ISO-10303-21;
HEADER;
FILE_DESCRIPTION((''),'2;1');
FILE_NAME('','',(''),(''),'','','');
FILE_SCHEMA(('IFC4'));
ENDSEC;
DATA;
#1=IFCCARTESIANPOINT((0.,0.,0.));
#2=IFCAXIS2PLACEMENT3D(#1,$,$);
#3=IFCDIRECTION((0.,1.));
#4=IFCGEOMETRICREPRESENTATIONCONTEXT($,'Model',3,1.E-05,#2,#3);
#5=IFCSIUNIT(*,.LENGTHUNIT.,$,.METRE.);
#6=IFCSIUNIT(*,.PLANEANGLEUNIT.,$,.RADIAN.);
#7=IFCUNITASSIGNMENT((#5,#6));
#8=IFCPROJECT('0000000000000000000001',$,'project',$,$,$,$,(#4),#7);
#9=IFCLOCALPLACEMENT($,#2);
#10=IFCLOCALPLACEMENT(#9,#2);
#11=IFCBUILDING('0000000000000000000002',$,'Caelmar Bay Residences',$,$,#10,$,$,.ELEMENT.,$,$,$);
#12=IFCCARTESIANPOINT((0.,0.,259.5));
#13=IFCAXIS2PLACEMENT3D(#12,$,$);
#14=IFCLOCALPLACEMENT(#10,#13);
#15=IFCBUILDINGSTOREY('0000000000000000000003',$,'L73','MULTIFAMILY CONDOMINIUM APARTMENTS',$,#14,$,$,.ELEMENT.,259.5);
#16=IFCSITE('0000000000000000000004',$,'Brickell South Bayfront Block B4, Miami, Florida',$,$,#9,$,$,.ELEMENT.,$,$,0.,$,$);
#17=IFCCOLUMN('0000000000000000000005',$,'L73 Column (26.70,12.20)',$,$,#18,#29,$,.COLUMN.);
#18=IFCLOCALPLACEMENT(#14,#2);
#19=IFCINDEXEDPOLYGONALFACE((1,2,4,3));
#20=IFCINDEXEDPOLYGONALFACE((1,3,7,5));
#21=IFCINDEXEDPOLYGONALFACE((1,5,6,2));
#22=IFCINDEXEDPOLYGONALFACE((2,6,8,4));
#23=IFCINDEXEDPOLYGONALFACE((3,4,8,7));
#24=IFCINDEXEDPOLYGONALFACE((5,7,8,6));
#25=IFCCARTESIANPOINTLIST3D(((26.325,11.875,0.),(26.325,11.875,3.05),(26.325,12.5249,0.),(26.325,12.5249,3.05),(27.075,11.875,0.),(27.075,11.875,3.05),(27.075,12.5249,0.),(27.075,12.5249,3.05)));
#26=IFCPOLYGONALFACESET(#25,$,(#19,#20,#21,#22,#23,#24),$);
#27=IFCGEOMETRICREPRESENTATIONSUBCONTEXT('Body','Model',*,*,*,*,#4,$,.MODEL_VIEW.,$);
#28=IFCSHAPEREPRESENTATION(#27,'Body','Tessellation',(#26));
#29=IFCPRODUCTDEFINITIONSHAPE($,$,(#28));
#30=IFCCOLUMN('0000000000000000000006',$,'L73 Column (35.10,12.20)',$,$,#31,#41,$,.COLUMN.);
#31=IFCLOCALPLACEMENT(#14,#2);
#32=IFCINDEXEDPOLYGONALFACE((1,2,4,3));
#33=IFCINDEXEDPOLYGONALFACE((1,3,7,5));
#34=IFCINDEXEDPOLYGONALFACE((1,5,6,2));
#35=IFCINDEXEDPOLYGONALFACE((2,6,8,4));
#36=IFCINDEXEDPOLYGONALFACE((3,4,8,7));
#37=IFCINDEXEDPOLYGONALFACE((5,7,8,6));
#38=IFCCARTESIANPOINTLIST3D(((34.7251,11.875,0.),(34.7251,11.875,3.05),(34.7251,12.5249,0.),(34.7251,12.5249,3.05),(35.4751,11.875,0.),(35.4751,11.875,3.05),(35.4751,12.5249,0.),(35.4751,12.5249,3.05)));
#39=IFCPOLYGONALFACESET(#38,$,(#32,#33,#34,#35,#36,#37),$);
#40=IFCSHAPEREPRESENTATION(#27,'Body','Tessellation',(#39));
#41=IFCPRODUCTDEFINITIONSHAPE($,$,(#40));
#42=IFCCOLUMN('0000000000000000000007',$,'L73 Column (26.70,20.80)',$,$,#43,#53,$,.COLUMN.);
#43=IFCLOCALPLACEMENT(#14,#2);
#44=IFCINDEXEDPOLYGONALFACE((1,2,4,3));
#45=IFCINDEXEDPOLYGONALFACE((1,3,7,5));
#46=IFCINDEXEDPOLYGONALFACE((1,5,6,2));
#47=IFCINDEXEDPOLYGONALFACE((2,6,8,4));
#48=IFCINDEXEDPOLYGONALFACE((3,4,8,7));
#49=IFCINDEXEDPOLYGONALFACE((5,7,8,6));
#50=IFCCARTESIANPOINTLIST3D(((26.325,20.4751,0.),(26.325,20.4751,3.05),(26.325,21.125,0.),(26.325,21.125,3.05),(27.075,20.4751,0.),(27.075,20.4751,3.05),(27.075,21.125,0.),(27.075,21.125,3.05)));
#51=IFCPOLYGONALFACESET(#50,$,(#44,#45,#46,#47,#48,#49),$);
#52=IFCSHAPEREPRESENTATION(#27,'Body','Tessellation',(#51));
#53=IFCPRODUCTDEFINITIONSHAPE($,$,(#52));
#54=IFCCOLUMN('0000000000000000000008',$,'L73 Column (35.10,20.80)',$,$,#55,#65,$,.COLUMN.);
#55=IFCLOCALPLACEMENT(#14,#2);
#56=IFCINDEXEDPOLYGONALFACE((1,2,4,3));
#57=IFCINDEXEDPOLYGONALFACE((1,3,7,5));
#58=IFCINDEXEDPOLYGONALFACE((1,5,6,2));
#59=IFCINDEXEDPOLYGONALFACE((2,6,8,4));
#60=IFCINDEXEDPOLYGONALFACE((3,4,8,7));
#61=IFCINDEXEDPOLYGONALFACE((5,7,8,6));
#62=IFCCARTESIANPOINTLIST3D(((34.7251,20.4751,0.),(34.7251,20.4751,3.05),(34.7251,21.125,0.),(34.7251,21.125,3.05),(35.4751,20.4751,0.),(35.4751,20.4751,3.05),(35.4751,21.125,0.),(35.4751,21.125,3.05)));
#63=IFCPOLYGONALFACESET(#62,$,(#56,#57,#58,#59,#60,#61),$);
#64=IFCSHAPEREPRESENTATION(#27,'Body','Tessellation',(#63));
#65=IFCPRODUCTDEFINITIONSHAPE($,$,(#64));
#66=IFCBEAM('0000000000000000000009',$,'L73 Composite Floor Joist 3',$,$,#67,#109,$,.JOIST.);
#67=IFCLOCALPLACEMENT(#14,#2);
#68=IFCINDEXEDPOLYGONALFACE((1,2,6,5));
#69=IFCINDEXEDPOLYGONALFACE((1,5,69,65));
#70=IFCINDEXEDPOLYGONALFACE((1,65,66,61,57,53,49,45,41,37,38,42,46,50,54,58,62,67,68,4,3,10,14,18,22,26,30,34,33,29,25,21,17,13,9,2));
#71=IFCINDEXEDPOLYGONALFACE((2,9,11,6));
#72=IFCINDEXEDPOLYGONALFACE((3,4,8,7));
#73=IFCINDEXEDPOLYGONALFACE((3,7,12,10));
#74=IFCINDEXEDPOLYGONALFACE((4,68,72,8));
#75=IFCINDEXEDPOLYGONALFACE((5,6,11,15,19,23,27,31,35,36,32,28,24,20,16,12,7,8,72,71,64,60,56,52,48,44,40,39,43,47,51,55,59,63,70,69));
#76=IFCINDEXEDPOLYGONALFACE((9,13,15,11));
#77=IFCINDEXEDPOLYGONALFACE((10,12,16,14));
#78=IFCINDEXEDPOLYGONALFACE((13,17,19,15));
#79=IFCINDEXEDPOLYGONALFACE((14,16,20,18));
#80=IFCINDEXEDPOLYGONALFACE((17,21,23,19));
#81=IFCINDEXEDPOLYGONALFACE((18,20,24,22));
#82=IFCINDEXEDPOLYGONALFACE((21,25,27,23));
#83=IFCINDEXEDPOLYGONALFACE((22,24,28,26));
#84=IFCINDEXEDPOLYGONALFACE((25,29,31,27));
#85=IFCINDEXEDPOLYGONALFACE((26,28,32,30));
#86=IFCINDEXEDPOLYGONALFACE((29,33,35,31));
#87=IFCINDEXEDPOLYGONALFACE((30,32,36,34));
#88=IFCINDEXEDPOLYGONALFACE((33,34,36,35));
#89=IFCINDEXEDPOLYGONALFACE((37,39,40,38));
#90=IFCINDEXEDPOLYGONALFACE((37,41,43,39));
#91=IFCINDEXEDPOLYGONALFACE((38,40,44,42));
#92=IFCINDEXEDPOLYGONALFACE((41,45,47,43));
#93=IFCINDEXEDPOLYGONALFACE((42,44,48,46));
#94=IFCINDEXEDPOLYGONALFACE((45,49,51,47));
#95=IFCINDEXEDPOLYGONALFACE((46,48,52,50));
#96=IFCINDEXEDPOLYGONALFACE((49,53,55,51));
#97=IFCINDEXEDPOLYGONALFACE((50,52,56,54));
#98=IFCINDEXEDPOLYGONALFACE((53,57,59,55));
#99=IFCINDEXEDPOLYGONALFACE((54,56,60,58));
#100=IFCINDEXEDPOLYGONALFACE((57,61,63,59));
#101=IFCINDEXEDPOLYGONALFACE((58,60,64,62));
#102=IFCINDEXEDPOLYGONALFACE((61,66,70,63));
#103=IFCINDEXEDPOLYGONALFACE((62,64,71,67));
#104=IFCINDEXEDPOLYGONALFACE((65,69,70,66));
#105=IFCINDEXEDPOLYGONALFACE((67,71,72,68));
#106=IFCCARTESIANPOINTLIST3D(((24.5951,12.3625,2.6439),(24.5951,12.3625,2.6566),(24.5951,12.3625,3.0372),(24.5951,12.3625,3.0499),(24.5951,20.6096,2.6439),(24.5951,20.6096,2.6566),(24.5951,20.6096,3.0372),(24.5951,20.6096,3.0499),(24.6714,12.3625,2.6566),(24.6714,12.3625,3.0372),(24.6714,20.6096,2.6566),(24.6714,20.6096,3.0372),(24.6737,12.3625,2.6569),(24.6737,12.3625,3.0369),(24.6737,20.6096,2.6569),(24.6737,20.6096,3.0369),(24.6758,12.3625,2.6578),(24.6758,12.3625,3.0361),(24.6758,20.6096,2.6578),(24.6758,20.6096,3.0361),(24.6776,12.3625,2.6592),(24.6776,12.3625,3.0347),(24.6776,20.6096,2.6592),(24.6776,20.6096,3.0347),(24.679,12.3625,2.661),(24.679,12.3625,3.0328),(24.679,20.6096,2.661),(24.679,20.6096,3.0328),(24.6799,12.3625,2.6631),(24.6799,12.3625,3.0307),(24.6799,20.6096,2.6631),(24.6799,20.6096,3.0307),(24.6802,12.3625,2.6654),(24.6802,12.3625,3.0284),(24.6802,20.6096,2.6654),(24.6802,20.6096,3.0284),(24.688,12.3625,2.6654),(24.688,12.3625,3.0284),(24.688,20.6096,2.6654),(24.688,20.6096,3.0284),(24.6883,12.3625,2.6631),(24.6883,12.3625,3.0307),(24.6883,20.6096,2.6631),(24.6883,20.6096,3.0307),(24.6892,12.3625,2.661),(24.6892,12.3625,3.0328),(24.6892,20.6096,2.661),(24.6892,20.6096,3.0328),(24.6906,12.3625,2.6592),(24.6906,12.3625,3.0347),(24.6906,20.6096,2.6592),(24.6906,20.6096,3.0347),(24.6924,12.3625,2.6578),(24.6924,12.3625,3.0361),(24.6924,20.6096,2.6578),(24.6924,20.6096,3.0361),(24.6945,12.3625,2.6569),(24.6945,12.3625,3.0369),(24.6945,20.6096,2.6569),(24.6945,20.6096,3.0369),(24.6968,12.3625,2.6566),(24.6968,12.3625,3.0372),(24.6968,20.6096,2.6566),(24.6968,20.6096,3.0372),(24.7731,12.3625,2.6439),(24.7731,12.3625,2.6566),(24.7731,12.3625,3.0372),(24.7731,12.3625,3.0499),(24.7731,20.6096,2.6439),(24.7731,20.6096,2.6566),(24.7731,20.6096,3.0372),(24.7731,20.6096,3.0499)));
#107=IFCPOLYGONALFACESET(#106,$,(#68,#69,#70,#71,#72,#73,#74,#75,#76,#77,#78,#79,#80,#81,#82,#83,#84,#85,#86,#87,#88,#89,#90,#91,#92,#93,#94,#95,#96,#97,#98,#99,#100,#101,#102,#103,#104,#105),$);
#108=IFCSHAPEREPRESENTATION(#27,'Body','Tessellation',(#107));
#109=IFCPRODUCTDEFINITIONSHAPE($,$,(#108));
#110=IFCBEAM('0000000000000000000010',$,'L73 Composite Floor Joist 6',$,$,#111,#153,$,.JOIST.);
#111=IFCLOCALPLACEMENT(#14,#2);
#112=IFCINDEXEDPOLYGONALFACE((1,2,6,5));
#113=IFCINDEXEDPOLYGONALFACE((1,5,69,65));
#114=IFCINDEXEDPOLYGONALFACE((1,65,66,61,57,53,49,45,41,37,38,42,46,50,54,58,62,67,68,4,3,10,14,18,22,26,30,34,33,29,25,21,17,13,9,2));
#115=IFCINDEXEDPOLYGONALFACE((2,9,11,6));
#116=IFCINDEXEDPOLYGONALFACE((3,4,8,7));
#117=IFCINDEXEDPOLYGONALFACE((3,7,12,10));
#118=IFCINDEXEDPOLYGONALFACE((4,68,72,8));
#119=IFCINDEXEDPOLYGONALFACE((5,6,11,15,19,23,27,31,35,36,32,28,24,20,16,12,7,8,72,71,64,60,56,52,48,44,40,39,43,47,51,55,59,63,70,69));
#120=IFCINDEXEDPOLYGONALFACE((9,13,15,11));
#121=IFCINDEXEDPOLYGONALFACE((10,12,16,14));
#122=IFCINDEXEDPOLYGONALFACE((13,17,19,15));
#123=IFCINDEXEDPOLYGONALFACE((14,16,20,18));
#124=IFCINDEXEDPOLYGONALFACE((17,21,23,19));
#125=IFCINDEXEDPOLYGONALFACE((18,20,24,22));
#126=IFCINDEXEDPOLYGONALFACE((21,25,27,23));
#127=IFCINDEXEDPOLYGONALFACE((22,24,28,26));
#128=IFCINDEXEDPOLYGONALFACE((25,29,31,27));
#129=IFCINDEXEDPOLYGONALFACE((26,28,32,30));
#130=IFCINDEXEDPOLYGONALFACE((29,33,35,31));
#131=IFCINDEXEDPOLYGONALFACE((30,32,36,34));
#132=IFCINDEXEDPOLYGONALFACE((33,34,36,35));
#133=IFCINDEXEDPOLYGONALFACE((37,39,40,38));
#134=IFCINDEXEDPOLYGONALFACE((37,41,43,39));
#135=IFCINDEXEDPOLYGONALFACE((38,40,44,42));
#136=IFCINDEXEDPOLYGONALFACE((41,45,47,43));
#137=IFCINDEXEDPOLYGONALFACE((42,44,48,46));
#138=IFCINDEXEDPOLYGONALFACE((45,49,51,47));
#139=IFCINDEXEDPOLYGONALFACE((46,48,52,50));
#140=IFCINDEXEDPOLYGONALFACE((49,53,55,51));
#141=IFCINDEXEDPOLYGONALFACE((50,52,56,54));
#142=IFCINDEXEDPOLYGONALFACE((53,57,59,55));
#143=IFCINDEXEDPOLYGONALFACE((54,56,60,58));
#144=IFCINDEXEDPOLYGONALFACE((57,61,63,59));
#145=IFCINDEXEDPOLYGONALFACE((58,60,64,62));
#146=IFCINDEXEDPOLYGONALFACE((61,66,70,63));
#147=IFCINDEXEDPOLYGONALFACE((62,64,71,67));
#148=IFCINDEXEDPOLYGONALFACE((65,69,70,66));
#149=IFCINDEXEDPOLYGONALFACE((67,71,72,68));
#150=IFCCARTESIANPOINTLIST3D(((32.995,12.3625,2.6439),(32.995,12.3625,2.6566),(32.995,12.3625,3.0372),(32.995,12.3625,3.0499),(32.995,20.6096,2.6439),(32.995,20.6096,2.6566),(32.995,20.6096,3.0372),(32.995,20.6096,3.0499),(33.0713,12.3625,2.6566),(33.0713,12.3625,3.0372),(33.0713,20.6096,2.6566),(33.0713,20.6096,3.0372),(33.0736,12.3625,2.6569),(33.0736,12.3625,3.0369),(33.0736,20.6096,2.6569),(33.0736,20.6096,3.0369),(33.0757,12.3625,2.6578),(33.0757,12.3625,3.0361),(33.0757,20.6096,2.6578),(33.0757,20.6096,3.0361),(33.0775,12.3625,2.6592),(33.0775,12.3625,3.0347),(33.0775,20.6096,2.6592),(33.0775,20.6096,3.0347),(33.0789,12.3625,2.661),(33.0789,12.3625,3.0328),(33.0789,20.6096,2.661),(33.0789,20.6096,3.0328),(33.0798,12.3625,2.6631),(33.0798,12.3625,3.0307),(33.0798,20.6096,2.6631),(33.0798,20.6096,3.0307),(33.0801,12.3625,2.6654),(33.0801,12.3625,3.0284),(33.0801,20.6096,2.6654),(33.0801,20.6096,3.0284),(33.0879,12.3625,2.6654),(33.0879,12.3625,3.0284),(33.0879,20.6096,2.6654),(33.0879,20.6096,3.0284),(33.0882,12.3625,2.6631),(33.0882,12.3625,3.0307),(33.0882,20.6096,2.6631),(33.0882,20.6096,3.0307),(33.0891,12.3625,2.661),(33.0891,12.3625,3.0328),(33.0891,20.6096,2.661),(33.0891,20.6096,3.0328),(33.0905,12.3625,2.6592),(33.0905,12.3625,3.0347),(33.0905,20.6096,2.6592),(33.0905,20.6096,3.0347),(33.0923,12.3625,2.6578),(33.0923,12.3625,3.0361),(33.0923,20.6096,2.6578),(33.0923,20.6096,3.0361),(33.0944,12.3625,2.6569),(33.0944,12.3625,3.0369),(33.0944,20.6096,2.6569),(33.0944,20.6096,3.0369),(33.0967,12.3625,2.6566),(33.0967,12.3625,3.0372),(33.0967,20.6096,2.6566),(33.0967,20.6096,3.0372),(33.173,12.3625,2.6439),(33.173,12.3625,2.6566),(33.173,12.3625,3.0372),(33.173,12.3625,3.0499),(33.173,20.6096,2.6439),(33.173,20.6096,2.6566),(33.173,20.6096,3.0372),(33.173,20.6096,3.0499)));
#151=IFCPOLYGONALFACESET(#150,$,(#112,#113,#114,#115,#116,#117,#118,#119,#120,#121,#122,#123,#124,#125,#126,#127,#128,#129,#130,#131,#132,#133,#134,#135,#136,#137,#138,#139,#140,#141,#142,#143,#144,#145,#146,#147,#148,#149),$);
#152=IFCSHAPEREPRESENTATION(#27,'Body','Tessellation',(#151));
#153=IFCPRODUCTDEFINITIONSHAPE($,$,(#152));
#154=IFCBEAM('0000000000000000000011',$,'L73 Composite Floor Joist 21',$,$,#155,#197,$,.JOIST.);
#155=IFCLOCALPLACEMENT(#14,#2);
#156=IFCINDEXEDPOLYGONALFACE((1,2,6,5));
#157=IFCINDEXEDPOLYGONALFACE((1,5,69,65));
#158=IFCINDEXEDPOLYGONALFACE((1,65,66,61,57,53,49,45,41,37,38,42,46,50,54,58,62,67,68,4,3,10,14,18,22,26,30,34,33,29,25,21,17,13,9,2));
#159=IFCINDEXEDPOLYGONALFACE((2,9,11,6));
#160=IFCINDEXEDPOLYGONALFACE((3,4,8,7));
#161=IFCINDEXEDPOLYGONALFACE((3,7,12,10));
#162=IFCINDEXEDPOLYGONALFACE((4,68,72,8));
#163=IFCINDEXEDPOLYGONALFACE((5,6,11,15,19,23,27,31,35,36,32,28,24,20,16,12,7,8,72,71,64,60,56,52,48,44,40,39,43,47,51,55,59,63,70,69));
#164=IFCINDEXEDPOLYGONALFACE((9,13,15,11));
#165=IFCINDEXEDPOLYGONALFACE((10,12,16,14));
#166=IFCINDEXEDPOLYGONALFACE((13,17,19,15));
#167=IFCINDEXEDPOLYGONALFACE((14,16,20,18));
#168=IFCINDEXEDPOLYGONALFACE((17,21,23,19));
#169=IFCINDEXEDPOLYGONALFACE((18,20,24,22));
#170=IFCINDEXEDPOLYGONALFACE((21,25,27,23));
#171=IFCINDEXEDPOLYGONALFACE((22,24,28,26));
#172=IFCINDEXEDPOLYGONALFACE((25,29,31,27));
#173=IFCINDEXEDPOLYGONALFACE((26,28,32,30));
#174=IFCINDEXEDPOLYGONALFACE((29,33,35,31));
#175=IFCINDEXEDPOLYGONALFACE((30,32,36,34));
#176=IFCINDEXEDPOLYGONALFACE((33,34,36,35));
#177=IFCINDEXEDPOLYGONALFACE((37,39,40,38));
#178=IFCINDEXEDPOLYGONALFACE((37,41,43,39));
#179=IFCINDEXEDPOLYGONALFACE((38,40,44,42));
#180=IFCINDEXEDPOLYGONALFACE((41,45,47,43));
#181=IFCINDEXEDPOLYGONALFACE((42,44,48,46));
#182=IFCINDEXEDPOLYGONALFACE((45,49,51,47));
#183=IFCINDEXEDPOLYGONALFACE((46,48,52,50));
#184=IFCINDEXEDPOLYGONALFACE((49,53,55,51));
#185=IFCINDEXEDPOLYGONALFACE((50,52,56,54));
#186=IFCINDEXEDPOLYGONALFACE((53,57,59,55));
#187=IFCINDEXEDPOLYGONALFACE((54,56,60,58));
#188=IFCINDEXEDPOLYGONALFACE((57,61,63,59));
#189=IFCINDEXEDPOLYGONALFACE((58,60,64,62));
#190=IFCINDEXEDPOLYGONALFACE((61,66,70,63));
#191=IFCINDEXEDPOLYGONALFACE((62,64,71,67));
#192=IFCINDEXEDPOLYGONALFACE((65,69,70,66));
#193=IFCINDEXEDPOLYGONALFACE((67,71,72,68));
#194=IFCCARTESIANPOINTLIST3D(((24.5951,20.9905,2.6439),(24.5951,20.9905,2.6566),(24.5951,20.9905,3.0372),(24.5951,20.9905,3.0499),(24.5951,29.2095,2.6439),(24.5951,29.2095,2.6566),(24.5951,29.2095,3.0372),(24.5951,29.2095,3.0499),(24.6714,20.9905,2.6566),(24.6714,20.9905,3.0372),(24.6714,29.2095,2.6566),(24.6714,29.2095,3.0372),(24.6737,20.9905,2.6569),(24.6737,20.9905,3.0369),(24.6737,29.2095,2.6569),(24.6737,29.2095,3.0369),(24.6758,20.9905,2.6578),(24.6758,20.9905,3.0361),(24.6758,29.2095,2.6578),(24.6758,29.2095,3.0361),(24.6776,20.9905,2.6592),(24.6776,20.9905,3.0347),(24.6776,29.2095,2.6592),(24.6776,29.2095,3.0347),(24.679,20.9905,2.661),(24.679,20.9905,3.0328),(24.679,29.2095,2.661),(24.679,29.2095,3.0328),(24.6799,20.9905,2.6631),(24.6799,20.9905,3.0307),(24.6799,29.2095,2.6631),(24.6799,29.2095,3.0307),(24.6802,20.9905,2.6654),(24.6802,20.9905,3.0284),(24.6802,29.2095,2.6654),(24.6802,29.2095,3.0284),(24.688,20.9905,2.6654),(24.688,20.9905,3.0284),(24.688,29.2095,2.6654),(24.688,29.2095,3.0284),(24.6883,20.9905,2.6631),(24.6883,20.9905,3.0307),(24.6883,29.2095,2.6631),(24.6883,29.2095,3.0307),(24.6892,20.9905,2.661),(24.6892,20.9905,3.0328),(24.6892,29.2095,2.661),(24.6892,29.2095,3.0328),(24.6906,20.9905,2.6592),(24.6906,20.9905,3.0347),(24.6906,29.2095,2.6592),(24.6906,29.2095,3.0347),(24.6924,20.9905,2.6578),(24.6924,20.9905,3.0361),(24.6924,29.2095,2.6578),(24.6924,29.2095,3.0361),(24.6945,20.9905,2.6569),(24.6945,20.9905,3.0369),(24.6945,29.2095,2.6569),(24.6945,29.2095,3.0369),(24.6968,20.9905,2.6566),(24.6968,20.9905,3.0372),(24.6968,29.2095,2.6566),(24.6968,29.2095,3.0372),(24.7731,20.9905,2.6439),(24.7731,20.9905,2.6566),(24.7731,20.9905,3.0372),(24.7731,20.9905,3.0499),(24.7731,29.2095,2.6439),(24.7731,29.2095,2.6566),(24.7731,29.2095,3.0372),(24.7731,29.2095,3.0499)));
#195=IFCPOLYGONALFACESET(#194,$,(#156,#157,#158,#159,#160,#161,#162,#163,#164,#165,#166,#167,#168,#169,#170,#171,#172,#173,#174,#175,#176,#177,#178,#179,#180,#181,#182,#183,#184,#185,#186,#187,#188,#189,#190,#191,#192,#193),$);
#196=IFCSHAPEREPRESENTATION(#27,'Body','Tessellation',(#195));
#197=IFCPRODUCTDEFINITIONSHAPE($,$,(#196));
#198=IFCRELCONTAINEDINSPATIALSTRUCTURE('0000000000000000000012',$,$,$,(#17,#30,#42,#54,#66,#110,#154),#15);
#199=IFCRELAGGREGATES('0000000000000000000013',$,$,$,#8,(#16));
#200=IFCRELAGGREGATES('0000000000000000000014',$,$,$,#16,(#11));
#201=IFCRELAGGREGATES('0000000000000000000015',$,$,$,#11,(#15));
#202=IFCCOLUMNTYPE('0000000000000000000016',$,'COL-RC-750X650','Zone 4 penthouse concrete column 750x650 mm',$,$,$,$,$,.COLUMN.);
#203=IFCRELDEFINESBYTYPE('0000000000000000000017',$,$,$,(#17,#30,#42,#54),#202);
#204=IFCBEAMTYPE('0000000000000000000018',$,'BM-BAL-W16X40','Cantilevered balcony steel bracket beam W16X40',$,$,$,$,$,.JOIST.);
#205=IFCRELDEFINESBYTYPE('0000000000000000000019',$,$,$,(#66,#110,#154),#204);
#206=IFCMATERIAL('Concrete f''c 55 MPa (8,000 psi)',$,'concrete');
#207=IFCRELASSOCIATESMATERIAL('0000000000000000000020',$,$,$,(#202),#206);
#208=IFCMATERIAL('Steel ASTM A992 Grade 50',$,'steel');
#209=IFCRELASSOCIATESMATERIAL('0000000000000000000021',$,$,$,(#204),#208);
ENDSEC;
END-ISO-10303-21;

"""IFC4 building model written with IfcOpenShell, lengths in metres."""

from ifc_helpers import new_model, si_unit, direction, frame, origin, origin_2d, place, context, subcontext, project, spatial, rectangle, i_section, extrude, material, material_profile, profile_set, type_object, element, save


model = new_model("IFC4")

# Units and contexts
model_context = context("Model", 3, precision=1e-05, world=origin(), true_north=direction((0.0, 1.0)))
body_context = subcontext(model_context, "Body", "Model", "MODEL_VIEW")
ifc_project = project(units=[si_unit("LENGTHUNIT", "METRE"), si_unit("PLANEANGLEUNIT", "RADIAN")], contexts=[model_context])

# Site, building, storey
site_placement = place(None, origin())
site = spatial("IfcSite", under=ifc_project, at=site_placement, Name="Brickell South Bayfront Block B4, Miami, Florida", CompositionType="ELEMENT", RefElevation=0.0)
building_placement = place(site_placement, origin())
building = spatial("IfcBuilding", under=site, at=building_placement, Name="Caelmar Bay Residences", CompositionType="ELEMENT")
storey_placement = place(building_placement, frame((0.0, 0.0, 259.5)))
storey = spatial("IfcBuildingStorey", under=building, at=storey_placement, Name="L73", Description="MULTIFAMILY CONDOMINIUM APARTMENTS", CompositionType="ELEMENT", Elevation=259.5)

# Columns
ifc_material_1 = material(Name="Concrete f'c 55 MPa (8,000 psi)", Category="concrete")
ifc_material_profile_1 = material_profile(ifc_material_1, rectangle(XDim=0.75, YDim=0.6499, at=origin_2d()), Name="RC-COL-750X650")
ifc_profile_set_1 = profile_set([ifc_material_profile_1], Name="Concrete f'c 55 MPa (8,000 psi)")
column_type = type_object("IfcColumnType", Name="COL-RC-750X650", Description="Zone 4 penthouse concrete column 750x650 mm", PredefinedType="COLUMN", material=ifc_profile_set_1)
for number, where, z_axis, x_axis, name in (
    (1, (26.7, 12.2, 0.0), (0.0, 0.0, 1.0), (1.0, 0.0, 0.0), "L73 Column (26.70,12.20)"),
    (2, (35.1001, 12.2, 0.0), (0.0, 0.0, 1.0), (1.0, 0.0, 0.0), "L73 Column (35.10,12.20)"),
    (3, (26.7, 20.8, 0.0), (0.0, 0.0, 1.0), (1.0, 0.0, 0.0), "L73 Column (26.70,20.80)"),
    (4, (35.1001, 20.8, 0.0), (0.0, 0.0, 1.0), (1.0, 0.0, 0.0), "L73 Column (35.10,20.80)"),
):
    element("IfcColumn", number, at=place(storey_placement, frame(where, z_axis=z_axis, x_axis=x_axis)), inside=storey, type_object=column_type, Name=name, PredefinedType="COLUMN", context=body_context, shape_type="SweptSolid", body=[
        extrude(rectangle(XDim=0.75, YDim=0.6499, at=origin_2d()), origin(), (0.0, 0.0, 1.0), 3.05),
    ])

# Beams
ifc_material_2 = material(Name="Steel ASTM A992 Grade 50", Category="steel")
ifc_material_profile_2 = material_profile(ifc_material_2, i_section(OverallWidth=0.178, OverallDepth=0.406, WebThickness=0.0078, FlangeThickness=0.0127, FilletRadius=0.0088, at=origin_2d()), Name="W16X40")
ifc_profile_set_2 = profile_set([ifc_material_profile_2], Name="Steel ASTM A992 Grade 50")
beam_type_1 = type_object("IfcBeamType", Name="BM-BAL-W16X40", Description="Cantilevered balcony steel bracket beam W16X40", PredefinedType="JOIST", material=ifc_profile_set_2)
for number, where, z_axis, x_axis, name in (
    (5, (24.6841, 12.3625, 2.8469), (0.0, 1.0, 0.0), (-1.0, 0.0, 0.0), "L73 Composite Floor Joist 3"),
    (6, (33.084, 12.3625, 2.8469), (0.0, 1.0, 0.0), (-1.0, 0.0, 0.0), "L73 Composite Floor Joist 6"),
):
    element("IfcBeam", number, at=place(storey_placement, frame(where, z_axis=z_axis, x_axis=x_axis)), inside=storey, type_object=beam_type_1, Name=name, PredefinedType="JOIST", context=body_context, shape_type="SweptSolid", body=[
        extrude(i_section(OverallWidth=0.178, OverallDepth=0.406, WebThickness=0.0078, FlangeThickness=0.0127, FilletRadius=0.0088, at=origin_2d()), origin(), (0.0, 0.0, 1.0), 8.2471),
    ])
for number, where, z_axis, x_axis, name in (
    (7, (24.6841, 20.9905, 2.8469), (0.0, 1.0, 0.0), (-1.0, 0.0, 0.0), "L73 Composite Floor Joist 21"),
):
    element("IfcBeam", number, at=place(storey_placement, frame(where, z_axis=z_axis, x_axis=x_axis)), inside=storey, type_object=beam_type_1, Name=name, PredefinedType="JOIST", context=body_context, shape_type="SweptSolid", body=[
        extrude(i_section(OverallWidth=0.178, OverallDepth=0.406, WebThickness=0.0078, FlangeThickness=0.0127, FilletRadius=0.0088, at=origin_2d()), origin(), (0.0, 0.0, 1.0), 8.219),
    ])

save(model, "model.ifc")
